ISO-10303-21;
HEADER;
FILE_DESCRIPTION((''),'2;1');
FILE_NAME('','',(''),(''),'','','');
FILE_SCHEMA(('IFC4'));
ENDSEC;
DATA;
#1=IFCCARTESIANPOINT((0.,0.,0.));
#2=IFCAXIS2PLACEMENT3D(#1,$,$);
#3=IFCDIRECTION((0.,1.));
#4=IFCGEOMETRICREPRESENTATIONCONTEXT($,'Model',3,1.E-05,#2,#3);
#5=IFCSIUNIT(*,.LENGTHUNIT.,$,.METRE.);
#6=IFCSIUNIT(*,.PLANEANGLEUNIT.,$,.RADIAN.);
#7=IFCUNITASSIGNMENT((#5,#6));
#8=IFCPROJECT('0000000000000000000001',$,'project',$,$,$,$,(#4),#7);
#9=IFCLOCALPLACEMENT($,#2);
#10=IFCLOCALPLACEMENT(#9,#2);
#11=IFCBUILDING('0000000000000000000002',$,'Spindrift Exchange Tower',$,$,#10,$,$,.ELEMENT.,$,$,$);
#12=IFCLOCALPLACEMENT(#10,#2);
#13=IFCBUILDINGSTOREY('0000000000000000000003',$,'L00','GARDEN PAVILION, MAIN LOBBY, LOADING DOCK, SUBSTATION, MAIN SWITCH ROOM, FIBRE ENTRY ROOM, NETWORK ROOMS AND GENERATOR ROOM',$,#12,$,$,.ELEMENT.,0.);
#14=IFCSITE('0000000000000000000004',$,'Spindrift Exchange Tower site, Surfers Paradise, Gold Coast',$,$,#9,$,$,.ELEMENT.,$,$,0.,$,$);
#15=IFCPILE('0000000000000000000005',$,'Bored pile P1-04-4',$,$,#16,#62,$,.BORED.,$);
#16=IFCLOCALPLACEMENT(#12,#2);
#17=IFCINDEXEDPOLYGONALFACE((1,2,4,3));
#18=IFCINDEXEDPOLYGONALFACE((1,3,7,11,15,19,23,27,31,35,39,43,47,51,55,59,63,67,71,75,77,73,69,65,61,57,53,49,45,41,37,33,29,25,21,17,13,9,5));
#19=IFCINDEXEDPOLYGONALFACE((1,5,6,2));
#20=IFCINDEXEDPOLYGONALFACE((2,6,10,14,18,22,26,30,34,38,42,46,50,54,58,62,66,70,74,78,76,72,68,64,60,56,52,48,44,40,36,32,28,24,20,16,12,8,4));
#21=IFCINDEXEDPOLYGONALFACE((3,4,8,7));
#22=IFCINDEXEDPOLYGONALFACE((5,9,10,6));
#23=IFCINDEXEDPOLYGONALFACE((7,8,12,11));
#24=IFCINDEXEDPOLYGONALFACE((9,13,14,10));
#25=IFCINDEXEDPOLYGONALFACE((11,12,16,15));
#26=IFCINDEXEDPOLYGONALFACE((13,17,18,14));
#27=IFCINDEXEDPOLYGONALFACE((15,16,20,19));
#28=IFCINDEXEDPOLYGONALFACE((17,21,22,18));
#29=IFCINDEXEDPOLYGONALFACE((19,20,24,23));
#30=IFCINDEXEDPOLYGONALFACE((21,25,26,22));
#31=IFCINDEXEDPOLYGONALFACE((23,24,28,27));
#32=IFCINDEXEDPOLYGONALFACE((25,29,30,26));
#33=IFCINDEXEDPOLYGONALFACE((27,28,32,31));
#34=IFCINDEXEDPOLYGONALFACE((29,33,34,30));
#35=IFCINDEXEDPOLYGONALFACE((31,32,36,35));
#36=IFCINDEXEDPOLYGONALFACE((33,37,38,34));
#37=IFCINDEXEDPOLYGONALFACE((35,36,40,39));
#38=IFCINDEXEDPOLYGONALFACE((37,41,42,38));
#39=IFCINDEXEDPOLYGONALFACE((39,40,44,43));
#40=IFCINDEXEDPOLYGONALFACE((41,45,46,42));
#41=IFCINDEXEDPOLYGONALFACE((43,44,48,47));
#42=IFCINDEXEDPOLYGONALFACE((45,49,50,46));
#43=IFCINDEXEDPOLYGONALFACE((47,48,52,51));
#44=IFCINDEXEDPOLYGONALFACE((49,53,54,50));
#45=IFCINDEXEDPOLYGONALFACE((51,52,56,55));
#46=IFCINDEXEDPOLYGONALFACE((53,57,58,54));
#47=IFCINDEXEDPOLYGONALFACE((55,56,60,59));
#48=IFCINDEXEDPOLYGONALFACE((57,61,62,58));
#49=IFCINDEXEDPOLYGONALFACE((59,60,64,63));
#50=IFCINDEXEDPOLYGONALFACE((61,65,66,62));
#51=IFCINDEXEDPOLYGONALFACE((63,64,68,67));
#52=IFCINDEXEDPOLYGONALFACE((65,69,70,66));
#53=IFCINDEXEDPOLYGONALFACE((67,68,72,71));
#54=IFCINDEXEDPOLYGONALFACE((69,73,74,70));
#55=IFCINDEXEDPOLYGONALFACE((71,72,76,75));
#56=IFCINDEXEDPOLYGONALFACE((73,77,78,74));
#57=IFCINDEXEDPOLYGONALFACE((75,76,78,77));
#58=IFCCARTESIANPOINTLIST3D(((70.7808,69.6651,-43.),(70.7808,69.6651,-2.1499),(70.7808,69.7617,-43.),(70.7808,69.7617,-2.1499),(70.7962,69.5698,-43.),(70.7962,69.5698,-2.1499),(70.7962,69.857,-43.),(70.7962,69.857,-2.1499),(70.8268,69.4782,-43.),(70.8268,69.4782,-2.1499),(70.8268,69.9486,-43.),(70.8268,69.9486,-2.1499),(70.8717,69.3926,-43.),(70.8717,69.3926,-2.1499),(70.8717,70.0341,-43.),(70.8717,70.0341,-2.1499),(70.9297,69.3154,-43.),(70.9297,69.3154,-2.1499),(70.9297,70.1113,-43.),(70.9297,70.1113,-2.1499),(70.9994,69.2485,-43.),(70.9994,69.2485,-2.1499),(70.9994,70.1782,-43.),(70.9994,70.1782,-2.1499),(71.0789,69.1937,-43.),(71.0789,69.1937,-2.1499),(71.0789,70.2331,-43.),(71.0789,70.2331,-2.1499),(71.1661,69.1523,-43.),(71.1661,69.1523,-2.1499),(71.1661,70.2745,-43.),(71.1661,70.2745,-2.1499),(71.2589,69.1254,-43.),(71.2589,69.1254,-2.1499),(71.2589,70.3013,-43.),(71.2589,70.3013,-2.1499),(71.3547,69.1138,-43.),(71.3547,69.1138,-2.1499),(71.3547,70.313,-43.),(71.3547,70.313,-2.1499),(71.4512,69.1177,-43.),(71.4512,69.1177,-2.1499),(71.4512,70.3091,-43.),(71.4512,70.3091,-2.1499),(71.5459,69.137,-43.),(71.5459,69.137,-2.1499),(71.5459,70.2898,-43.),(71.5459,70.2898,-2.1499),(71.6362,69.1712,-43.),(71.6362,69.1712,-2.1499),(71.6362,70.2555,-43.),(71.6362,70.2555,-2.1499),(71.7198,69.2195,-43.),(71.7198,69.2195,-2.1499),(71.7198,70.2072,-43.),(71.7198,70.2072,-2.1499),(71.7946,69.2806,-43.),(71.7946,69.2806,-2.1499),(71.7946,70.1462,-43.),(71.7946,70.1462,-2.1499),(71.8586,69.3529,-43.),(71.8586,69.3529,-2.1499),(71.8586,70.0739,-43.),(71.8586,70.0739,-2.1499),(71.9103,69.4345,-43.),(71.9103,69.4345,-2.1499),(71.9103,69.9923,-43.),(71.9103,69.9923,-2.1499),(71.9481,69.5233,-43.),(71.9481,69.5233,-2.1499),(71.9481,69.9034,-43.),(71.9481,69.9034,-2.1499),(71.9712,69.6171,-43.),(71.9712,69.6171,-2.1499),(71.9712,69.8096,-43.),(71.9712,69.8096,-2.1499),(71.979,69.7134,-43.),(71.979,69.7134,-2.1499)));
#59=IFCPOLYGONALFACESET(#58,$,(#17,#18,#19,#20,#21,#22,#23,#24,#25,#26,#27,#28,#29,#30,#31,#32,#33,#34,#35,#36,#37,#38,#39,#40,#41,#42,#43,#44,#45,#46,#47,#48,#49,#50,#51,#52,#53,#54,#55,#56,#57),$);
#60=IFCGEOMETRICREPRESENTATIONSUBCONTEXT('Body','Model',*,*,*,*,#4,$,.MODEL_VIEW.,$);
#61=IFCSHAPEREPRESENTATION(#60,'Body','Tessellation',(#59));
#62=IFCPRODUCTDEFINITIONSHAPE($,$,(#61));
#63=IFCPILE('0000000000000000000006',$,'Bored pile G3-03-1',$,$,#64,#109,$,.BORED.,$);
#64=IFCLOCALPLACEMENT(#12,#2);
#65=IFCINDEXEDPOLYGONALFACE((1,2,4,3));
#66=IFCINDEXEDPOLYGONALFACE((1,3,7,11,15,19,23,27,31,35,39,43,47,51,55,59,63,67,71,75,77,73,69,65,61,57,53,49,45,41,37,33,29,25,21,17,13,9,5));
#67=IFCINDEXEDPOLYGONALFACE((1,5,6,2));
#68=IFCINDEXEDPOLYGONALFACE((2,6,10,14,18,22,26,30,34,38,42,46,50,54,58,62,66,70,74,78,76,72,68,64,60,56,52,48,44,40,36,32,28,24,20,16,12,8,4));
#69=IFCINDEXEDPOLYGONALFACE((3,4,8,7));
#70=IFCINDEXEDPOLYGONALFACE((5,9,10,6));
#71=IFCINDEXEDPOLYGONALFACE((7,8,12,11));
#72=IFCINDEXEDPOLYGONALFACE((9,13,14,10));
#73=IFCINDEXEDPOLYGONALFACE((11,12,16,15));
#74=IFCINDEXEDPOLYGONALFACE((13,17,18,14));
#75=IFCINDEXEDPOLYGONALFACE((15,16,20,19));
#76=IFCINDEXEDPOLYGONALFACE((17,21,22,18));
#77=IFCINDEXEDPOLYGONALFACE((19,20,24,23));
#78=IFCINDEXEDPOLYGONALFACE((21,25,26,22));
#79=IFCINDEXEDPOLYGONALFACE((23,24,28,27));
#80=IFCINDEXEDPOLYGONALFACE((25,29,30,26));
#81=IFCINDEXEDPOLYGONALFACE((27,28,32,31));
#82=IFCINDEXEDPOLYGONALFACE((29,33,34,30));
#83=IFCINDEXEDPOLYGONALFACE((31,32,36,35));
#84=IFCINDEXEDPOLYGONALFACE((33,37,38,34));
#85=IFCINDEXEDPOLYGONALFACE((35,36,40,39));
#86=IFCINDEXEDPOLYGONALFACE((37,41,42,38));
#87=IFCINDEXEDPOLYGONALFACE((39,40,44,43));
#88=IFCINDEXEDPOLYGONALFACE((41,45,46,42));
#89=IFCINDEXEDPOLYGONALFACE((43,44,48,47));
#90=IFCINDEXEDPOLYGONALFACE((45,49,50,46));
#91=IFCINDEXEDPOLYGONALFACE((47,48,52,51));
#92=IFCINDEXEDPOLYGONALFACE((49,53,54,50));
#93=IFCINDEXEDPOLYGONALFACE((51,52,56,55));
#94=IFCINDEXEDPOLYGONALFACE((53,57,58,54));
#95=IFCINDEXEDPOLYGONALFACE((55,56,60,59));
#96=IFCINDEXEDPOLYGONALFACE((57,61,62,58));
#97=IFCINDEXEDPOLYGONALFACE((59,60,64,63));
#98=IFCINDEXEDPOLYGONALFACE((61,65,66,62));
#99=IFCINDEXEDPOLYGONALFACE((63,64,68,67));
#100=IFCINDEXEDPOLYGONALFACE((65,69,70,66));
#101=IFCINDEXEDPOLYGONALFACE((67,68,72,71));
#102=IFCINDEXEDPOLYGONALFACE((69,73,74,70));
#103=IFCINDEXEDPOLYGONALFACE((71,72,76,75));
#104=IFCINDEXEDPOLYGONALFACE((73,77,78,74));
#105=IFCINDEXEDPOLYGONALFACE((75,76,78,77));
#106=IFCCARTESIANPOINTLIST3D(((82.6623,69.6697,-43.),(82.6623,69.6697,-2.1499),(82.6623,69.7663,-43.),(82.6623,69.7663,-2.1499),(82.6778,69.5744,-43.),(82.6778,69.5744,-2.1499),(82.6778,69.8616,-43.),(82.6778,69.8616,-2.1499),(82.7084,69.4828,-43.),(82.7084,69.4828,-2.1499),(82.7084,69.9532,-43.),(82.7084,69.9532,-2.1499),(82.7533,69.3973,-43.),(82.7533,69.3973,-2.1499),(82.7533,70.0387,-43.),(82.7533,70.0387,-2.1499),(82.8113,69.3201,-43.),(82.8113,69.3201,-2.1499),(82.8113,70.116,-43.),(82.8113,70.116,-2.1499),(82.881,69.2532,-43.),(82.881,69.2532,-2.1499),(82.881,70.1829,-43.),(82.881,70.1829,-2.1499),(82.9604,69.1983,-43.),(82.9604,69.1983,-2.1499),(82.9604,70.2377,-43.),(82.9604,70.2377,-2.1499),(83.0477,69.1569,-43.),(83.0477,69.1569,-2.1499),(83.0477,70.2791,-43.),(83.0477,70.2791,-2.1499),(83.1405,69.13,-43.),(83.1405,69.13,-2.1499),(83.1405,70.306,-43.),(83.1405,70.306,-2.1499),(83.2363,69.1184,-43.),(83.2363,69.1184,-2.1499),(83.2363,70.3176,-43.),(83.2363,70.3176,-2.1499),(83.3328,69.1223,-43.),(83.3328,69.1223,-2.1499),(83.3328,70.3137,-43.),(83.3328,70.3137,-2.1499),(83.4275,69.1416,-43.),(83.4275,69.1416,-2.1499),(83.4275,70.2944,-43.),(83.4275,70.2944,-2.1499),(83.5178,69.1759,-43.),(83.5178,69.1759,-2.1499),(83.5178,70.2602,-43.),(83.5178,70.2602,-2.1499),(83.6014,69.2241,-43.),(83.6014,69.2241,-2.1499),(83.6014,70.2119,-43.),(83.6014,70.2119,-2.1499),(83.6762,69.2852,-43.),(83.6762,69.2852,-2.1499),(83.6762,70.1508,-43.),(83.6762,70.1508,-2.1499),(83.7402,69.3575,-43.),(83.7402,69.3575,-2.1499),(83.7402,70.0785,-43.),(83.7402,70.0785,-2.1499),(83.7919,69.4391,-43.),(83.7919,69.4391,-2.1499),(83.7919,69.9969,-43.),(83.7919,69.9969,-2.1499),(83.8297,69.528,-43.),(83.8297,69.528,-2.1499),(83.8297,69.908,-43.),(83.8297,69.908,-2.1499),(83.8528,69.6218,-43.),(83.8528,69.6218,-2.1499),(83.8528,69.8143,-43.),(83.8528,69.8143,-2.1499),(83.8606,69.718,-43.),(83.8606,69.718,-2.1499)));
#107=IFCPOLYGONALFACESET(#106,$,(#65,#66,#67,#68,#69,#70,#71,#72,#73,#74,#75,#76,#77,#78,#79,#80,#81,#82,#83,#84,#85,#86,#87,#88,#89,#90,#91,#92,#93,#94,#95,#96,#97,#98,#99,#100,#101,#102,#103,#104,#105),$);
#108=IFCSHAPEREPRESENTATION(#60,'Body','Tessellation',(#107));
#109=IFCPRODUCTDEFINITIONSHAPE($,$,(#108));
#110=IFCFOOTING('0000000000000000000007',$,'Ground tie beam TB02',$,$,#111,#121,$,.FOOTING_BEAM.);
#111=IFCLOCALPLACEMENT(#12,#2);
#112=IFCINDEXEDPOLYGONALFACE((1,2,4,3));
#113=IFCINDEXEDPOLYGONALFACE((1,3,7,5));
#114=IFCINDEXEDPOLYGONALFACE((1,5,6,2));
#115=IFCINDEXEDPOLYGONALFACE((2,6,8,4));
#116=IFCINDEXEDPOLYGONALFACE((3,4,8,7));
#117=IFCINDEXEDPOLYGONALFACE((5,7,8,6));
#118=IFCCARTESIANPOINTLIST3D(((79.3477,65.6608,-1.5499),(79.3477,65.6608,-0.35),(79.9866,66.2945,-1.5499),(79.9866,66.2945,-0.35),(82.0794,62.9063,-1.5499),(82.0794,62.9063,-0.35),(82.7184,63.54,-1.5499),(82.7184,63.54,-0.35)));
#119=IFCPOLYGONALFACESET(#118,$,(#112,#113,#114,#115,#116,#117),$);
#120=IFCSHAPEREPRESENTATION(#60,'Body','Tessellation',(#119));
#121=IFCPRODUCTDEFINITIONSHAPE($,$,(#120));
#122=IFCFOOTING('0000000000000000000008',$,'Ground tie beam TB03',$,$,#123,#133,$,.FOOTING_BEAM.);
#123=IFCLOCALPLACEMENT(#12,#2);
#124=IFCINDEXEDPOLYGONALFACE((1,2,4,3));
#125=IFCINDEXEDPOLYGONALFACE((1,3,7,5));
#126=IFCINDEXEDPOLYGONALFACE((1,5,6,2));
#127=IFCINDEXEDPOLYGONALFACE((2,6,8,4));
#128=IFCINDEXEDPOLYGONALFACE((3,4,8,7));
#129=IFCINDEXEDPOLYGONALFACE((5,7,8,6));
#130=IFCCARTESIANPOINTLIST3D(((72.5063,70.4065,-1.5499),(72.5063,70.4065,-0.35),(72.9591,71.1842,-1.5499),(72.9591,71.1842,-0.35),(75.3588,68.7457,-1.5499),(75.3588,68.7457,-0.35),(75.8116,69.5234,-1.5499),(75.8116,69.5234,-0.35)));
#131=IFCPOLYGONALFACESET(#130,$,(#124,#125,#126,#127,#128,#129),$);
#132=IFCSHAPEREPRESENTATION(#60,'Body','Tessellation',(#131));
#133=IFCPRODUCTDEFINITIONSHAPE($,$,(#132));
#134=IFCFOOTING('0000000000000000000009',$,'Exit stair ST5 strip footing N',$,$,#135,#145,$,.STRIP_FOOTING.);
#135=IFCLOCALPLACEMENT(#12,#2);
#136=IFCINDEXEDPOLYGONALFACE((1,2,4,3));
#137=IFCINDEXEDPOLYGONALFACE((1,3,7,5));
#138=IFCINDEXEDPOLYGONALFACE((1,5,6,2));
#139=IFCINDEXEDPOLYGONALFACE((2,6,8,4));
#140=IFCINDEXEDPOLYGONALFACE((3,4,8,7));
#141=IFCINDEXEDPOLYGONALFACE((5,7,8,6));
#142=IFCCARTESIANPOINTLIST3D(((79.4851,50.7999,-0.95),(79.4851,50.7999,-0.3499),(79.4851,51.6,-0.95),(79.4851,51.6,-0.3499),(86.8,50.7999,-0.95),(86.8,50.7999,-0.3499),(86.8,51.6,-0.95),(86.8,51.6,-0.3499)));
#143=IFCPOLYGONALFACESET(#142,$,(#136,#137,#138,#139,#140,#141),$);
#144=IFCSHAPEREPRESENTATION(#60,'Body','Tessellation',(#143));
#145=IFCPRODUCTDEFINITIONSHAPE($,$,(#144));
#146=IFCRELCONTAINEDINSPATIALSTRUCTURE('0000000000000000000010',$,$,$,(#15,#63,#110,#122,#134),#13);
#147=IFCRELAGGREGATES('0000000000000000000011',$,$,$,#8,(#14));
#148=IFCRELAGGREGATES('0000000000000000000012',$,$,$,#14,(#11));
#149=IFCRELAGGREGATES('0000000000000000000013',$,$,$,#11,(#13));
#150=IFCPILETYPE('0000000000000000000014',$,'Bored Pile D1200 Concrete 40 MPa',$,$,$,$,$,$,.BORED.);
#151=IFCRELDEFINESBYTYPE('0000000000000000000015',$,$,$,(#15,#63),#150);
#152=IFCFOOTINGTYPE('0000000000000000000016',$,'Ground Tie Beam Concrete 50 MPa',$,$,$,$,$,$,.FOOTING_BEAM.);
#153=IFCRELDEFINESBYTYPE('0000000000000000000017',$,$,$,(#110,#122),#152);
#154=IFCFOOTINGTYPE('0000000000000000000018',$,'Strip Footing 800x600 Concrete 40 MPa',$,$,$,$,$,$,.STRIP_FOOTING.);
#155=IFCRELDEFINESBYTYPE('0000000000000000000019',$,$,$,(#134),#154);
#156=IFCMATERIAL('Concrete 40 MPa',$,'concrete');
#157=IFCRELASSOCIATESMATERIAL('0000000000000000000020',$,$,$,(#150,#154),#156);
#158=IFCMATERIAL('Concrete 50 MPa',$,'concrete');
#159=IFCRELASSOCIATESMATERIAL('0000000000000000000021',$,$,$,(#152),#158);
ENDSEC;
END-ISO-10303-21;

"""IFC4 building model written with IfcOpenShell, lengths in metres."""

from ifc_helpers import new_model, si_unit, direction, frame, origin, origin_2d, place, context, subcontext, project, spatial, rectangle, circle, extrude, source, transform, mapped, material, material_profile, profile_set, type_object, element, save


model = new_model("IFC4")

# Units and contexts
model_context = context("Model", 3, precision=1e-05, world=origin(), true_north=direction((0.0, 1.0)))
body_context = subcontext(model_context, "Body", "Model", "MODEL_VIEW")
ifc_project = project(units=[si_unit("LENGTHUNIT", "METRE"), si_unit("PLANEANGLEUNIT", "RADIAN")], contexts=[model_context])

# Site, building, storey
site_placement = place(None, origin())
site = spatial("IfcSite", under=ifc_project, at=site_placement, Name="Spindrift Exchange Tower site, Surfers Paradise, Gold Coast", CompositionType="ELEMENT", RefElevation=0.0)
building_placement = place(site_placement, origin())
building = spatial("IfcBuilding", under=site, at=building_placement, Name="Spindrift Exchange Tower", CompositionType="ELEMENT")
storey_placement = place(building_placement, origin())
storey = spatial("IfcBuildingStorey", under=building, at=storey_placement, Name="L00", Description="GARDEN PAVILION, MAIN LOBBY, LOADING DOCK, SUBSTATION, MAIN SWITCH ROOM, FIBRE ENTRY ROOM, NETWORK ROOMS AND GENERATOR ROOM", CompositionType="ELEMENT", Elevation=0.0)

# Piles
ifc_material_1 = material(Name="Concrete 40 MPa", Category="concrete")
ifc_material_profile_1 = material_profile(ifc_material_1, circle(Radius=0.6001, at=origin_2d()), Name="BP D1200")
ifc_profile_set_1 = profile_set([ifc_material_profile_1], Name="Concrete 40 MPa")
pile_type_1 = type_object("IfcPileType", Name="Bored Pile D1200 Concrete 40 MPa", PredefinedType="BORED", material=ifc_profile_set_1)
shared_shape_1 = source(origin(), body_context, "Body", "SweptSolid", [
    extrude(circle(Radius=0.6001, at=origin_2d()), origin(), (0.0, 0.0, 1.0), 40.8501),
])
for number, where, z_axis, x_axis, name in (
    (1, (71.3789, 69.7134, -2.1499), (0.0, 0.0, -1.0), (1.0, 0.0, 0.0), "Bored pile P1-04-4"),
    (2, (83.2605, 69.718, -2.1499), (0.0, 0.0, -1.0), (1.0, 0.0, 0.0), "Bored pile G3-03-1"),
):
    element("IfcPile", number, at=place(storey_placement, frame(where, z_axis=z_axis, x_axis=x_axis)), inside=storey, type_object=pile_type_1, Name=name, PredefinedType="BORED", context=body_context, shape_type="MappedRepresentation", body=[
        mapped(shared_shape_1, transform((0.0, 0.0, 0.0), scale=1.0)),
    ])

# Footings
ifc_material_2 = material(Name="Concrete 50 MPa", Category="concrete")
ifc_material_profile_2 = material_profile(ifc_material_2, rectangle(XDim=0.8999, YDim=1.2, at=origin_2d()), Name="RC 900x1200")
ifc_profile_set_2 = profile_set([ifc_material_profile_2], Name="Concrete 50 MPa")
footing_type_1 = type_object("IfcFootingType", Name="Ground Tie Beam Concrete 50 MPa", PredefinedType="FOOTING_BEAM", material=ifc_profile_set_2)
shared_shape_2 = source(origin(), body_context, "Body", "SweptSolid", [
    extrude(rectangle(XDim=0.8999, YDim=1.2, at=origin_2d()), origin(), (0.0, 0.0, 1.0), 3.8794),
])
footing_1_placement = place(storey_placement, frame((82.3989, 63.2231, -0.95), z_axis=(-0.704174, 0.710027, 0.0), x_axis=(-0.710027, -0.704174, 0.0)))
element("IfcFooting", 3, at=footing_1_placement, inside=storey, type_object=footing_type_1, Name="Ground tie beam TB02", PredefinedType="FOOTING_BEAM", context=body_context, shape_type="MappedRepresentation", body=[
    mapped(shared_shape_2, transform((0.0, 0.0, 0.0), scale=1.0)),
])
shared_shape_3 = source(origin(), body_context, "Body", "SweptSolid", [
    extrude(rectangle(XDim=0.8999, YDim=1.2, at=origin_2d()), origin(), (0.0, 0.0, 1.0), 3.3008),
])
footing_2_placement = place(storey_placement, frame((75.5852, 69.1345, -0.95), z_axis=(-0.864186, 0.503172, 0.0), x_axis=(-0.503172, -0.864186, 0.0)))
element("IfcFooting", 4, at=footing_2_placement, inside=storey, type_object=footing_type_1, Name="Ground tie beam TB03", PredefinedType="FOOTING_BEAM", context=body_context, shape_type="MappedRepresentation", body=[
    mapped(shared_shape_3, transform((0.0, 0.0, 0.0), scale=1.0)),
])
ifc_material_profile_3 = material_profile(ifc_material_1, rectangle(XDim=0.8, YDim=0.6001, at=origin_2d()), Name="RC 800x600")
ifc_profile_set_3 = profile_set([ifc_material_profile_3], Name="Concrete 40 MPa")
footing_type_2 = type_object("IfcFootingType", Name="Strip Footing 800x600 Concrete 40 MPa", PredefinedType="STRIP_FOOTING", material=ifc_profile_set_3)
shared_shape_4 = source(origin(), body_context, "Body", "SweptSolid", [
    extrude(rectangle(XDim=0.8, YDim=0.6001, at=origin_2d()), origin(), (0.0, 0.0, 1.0), 7.3149),
])
footing_3_placement = place(storey_placement, frame((79.4851, 51.2, -0.6499), z_axis=(1.0, 0.0, 0.0), x_axis=(0.0, 1.0, 0.0)))
element("IfcFooting", 5, at=footing_3_placement, inside=storey, type_object=footing_type_2, Name="Exit stair ST5 strip footing N", PredefinedType="STRIP_FOOTING", context=body_context, shape_type="MappedRepresentation", body=[
    mapped(shared_shape_4, transform((0.0, 0.0, 0.0), scale=1.0)),
])

save(model, "model.ifc")
